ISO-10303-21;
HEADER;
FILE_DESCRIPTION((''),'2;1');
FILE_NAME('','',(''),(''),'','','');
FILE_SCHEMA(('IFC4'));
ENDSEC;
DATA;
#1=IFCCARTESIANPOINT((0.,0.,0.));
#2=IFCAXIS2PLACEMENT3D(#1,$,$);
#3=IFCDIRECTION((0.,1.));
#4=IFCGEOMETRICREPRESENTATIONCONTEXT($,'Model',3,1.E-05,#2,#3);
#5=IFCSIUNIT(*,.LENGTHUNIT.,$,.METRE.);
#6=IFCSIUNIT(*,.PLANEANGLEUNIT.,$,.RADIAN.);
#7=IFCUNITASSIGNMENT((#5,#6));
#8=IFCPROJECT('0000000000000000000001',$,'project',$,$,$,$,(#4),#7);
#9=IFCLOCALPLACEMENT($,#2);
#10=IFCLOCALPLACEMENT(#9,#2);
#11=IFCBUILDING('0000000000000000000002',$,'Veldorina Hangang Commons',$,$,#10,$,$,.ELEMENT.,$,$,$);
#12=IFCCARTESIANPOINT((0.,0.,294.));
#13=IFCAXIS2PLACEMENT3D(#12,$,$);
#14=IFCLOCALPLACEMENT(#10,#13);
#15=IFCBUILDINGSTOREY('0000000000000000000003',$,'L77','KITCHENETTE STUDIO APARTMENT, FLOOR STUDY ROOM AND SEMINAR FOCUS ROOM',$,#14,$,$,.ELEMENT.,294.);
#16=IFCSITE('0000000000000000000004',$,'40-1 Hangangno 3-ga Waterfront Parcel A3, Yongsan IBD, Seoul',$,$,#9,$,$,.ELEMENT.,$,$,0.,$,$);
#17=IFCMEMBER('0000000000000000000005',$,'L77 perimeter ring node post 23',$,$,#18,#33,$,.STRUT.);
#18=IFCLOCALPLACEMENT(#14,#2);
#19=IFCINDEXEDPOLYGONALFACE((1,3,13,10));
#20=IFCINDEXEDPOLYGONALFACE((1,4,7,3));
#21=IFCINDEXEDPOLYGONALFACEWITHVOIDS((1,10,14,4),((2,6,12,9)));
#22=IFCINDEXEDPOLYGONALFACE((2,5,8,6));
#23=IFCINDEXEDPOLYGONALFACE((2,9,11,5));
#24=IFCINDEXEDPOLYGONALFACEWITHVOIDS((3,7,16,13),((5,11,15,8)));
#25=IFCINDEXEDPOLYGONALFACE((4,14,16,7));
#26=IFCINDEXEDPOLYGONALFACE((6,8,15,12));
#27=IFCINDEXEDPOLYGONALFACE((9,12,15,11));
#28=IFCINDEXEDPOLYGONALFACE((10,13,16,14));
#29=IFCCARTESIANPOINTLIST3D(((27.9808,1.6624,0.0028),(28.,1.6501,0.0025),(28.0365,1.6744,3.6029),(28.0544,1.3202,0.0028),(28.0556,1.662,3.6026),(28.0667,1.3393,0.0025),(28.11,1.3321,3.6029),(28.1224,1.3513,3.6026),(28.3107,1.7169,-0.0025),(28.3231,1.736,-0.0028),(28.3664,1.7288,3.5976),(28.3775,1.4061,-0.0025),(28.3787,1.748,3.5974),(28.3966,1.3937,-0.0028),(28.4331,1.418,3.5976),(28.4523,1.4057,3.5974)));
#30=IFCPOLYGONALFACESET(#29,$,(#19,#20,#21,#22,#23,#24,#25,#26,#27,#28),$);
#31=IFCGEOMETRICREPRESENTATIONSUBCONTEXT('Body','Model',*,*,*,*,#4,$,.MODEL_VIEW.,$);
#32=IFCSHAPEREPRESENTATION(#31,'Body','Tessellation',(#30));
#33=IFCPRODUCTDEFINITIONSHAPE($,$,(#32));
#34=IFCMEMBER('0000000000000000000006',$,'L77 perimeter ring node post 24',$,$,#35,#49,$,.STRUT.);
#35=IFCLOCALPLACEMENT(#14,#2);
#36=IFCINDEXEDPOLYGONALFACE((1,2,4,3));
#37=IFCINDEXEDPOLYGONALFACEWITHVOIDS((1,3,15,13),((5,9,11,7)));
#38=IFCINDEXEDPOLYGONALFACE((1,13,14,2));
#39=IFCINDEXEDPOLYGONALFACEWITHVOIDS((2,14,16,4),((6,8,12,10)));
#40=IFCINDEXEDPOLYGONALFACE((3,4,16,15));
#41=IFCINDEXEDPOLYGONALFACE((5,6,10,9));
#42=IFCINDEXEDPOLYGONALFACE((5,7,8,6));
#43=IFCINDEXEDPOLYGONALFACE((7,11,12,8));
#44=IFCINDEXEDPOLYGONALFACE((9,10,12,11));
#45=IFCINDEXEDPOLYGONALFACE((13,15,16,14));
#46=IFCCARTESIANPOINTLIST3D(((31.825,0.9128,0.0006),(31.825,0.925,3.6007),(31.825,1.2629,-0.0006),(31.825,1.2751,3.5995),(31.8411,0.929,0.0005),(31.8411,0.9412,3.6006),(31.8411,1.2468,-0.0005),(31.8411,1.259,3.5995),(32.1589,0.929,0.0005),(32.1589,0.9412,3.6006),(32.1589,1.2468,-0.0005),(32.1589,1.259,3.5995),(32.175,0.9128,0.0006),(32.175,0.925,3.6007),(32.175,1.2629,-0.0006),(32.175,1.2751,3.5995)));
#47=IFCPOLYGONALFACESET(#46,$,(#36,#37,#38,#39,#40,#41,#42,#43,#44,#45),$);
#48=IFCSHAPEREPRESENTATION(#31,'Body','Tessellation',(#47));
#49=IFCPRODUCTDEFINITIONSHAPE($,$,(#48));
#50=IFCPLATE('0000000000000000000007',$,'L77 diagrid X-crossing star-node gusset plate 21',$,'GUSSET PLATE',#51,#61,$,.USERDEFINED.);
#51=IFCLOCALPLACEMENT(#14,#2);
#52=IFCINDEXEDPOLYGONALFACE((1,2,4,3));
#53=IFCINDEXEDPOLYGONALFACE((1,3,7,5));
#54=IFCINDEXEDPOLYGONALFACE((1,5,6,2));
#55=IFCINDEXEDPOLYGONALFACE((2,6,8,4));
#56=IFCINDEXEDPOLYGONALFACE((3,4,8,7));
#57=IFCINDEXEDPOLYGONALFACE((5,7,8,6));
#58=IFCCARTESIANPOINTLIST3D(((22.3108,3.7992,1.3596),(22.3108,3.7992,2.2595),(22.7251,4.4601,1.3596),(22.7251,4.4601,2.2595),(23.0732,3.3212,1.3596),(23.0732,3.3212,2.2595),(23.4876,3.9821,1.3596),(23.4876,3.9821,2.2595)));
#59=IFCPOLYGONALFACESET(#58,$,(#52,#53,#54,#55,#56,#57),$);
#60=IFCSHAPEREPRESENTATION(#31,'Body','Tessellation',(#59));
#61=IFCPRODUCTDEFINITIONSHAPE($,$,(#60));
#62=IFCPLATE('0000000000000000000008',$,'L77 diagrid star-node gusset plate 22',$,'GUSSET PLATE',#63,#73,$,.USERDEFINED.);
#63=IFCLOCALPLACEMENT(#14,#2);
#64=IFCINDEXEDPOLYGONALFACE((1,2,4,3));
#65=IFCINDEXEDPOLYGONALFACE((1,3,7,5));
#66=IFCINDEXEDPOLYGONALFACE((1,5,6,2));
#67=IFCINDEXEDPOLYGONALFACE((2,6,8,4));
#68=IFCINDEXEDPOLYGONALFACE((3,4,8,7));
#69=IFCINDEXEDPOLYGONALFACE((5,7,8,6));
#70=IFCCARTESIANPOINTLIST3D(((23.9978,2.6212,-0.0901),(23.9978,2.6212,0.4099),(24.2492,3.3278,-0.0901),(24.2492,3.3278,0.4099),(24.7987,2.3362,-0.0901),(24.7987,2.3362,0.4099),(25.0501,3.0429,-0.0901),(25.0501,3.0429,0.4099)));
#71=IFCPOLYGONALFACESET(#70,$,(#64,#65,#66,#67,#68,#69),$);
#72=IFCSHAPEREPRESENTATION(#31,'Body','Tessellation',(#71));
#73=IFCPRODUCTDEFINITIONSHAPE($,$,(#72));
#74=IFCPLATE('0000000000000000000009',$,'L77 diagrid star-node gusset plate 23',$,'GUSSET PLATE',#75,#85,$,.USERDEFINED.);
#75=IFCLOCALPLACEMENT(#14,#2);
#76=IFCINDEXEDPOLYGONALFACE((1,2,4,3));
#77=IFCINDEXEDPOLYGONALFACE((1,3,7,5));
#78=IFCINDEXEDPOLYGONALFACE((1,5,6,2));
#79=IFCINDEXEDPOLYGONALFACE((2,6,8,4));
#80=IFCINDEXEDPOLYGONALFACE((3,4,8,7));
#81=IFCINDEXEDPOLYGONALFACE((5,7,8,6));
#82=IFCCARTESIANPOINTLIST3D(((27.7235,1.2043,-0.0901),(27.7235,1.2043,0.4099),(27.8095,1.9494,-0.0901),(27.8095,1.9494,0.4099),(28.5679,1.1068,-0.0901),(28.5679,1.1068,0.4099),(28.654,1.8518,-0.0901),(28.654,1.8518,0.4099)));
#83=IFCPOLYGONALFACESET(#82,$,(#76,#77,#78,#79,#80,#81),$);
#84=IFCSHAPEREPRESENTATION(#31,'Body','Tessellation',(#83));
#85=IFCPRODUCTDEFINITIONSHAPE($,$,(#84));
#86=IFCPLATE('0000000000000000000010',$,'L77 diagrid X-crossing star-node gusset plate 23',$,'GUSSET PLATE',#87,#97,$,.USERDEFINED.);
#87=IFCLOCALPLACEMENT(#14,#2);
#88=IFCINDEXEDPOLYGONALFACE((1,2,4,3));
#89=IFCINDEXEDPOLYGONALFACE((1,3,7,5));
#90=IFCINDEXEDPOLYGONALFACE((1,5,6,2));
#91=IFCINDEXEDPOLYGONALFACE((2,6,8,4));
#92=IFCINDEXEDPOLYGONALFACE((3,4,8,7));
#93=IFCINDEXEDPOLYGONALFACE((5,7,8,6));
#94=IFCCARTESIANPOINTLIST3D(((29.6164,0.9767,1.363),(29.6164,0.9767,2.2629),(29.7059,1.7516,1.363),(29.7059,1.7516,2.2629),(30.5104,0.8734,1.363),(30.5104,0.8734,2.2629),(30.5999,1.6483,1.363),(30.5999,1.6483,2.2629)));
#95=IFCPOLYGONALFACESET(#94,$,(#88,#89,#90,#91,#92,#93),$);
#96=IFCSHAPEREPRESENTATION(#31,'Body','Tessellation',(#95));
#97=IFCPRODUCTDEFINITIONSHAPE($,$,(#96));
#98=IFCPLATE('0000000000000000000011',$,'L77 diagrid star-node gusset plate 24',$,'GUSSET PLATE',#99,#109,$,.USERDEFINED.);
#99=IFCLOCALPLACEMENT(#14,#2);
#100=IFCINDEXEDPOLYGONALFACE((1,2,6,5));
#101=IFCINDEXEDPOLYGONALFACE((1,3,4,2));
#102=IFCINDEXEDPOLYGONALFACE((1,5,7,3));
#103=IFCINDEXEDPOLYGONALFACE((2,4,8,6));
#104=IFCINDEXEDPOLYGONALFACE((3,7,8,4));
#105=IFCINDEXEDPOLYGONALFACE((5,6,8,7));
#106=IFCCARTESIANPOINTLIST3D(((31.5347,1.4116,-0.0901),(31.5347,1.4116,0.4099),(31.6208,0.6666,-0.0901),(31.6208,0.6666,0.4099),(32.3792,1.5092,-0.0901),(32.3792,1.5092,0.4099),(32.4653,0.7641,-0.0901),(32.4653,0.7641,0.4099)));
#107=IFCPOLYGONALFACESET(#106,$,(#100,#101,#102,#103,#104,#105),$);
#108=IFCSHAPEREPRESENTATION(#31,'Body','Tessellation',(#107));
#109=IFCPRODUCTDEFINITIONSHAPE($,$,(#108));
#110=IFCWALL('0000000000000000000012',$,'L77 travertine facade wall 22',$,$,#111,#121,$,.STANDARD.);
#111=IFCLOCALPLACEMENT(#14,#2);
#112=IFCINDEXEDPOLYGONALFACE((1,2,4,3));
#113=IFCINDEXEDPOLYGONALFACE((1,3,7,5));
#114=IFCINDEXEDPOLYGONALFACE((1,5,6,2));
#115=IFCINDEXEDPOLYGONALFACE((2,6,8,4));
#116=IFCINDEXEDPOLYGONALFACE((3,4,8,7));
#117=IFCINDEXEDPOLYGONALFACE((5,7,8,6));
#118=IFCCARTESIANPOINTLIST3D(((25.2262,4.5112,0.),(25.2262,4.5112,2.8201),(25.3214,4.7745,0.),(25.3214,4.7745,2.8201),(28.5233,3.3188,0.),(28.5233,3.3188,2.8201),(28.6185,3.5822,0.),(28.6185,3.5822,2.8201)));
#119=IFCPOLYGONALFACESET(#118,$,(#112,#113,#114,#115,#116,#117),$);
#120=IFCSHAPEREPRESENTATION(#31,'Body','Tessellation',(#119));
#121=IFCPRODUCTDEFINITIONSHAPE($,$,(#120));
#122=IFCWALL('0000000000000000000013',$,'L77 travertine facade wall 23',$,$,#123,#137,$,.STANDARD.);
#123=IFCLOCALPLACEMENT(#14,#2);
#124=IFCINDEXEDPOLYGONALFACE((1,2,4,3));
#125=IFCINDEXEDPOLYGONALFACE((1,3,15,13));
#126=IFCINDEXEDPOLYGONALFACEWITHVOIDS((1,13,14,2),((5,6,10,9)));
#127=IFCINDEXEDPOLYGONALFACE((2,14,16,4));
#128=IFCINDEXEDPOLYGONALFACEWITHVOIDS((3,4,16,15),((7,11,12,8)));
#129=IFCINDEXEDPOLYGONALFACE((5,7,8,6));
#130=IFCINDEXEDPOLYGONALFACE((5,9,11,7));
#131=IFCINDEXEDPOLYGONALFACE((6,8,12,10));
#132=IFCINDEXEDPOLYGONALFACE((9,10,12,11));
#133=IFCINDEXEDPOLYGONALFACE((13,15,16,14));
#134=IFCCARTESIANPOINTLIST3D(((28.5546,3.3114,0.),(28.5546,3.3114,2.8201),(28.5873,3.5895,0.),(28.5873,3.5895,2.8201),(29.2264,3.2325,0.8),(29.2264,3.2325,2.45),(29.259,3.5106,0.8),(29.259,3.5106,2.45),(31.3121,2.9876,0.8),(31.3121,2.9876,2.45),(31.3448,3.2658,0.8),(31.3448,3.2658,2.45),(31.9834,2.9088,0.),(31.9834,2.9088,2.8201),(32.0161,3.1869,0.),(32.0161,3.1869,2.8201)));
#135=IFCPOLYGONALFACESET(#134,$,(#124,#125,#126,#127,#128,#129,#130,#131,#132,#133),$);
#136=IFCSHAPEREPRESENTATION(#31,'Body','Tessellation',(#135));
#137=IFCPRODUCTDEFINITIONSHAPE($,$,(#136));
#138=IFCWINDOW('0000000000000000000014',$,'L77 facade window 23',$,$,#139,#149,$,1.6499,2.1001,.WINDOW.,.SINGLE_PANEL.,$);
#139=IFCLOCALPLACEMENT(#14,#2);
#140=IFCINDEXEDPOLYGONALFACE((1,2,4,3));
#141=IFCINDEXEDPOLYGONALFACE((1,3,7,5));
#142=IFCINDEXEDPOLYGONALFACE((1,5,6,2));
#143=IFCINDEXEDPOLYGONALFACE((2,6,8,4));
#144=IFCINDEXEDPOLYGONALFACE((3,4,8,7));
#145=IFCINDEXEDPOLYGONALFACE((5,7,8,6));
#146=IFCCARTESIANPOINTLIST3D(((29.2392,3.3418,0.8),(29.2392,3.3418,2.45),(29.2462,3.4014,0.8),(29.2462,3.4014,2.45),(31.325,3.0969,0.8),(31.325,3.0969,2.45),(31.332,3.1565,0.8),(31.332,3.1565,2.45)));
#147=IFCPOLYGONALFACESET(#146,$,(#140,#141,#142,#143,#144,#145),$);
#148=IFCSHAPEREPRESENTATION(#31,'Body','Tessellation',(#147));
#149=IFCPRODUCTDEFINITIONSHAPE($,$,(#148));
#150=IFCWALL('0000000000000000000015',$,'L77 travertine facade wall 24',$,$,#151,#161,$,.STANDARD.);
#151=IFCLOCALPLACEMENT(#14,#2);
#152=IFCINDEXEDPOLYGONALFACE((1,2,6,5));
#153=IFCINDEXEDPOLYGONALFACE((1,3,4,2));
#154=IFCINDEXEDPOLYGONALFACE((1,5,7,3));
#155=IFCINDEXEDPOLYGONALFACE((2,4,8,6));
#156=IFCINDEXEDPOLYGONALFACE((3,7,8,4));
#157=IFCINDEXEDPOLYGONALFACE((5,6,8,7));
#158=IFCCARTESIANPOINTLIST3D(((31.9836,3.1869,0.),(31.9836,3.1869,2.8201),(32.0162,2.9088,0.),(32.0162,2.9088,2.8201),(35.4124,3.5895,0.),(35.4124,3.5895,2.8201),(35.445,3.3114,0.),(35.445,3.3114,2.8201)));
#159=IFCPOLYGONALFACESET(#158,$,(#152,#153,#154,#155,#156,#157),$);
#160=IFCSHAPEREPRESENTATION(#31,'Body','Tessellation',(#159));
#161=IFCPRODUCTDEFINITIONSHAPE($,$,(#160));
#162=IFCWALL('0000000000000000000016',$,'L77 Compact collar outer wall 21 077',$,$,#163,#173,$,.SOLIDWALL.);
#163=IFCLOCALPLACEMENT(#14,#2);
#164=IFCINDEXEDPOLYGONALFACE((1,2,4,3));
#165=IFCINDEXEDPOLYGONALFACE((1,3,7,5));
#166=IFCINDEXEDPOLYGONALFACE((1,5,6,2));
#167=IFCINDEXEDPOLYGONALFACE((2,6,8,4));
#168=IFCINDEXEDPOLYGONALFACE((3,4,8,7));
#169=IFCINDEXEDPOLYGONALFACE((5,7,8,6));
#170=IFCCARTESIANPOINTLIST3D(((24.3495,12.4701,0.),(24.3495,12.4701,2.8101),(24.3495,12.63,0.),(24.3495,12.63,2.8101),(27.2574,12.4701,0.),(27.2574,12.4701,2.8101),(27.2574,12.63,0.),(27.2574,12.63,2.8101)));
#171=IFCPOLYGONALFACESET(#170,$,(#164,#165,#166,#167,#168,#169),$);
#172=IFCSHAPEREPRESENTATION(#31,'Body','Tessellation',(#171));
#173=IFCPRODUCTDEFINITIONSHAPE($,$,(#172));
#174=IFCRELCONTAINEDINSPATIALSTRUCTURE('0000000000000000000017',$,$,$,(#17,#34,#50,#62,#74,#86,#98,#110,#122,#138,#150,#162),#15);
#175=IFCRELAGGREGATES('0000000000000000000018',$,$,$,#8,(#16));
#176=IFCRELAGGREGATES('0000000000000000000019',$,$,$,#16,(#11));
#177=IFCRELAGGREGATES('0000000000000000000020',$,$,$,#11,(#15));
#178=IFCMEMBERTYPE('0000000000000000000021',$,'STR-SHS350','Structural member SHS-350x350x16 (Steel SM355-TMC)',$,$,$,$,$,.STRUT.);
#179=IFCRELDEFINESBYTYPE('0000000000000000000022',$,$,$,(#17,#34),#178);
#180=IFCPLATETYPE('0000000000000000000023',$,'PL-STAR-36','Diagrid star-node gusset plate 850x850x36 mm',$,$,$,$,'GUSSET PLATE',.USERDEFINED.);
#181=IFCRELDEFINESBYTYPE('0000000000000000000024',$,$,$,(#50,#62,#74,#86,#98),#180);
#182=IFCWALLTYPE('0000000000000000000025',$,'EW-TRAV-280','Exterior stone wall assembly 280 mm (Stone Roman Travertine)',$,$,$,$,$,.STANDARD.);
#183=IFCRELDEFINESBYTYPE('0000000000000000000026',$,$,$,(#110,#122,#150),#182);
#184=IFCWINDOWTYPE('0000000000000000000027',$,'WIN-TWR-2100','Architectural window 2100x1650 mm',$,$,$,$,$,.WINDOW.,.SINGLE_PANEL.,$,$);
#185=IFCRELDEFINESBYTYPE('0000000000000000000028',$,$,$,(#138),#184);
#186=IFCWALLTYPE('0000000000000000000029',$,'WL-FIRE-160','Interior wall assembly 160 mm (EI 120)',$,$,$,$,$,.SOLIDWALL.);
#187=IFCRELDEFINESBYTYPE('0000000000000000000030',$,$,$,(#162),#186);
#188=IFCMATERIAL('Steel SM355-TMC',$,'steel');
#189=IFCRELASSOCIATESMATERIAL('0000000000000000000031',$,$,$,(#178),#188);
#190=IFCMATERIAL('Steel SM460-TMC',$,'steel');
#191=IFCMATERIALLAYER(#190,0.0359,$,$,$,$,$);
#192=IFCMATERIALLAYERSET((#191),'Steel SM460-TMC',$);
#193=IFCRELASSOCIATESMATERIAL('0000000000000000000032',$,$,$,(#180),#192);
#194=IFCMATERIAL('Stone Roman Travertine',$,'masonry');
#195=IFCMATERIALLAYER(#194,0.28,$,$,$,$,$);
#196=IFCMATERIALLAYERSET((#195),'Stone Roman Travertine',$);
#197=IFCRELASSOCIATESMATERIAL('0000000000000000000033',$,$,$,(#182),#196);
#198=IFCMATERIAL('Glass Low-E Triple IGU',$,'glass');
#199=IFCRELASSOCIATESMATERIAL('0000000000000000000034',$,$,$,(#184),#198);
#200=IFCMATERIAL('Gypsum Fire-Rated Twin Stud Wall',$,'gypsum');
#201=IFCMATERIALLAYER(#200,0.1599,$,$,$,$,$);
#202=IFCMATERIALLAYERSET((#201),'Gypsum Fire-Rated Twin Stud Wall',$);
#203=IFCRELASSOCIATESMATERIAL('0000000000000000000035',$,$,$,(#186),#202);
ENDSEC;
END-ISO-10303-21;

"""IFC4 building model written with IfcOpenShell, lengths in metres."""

from ifc_helpers import new_model, si_unit, direction, frame, frame_2d, origin, origin_2d, place, context, subcontext, project, spatial, rectangle, hollow_rectangle, extrude, material, layer, layer_set, material_profile, profile_set, type_object, element, fill, save


model = new_model("IFC4")

# Units and contexts
model_context = context("Model", 3, precision=1e-05, world=origin(), true_north=direction((0.0, 1.0)))
body_context = subcontext(model_context, "Body", "Model", "MODEL_VIEW")
ifc_project = project(units=[si_unit("LENGTHUNIT", "METRE"), si_unit("PLANEANGLEUNIT", "RADIAN")], contexts=[model_context])

# Site, building, storey
site_placement = place(None, origin())
site = spatial("IfcSite", under=ifc_project, at=site_placement, Name="40-1 Hangangno 3-ga Waterfront Parcel A3, Yongsan IBD, Seoul", CompositionType="ELEMENT", RefElevation=0.0)
building_placement = place(site_placement, origin())
building = spatial("IfcBuilding", under=site, at=building_placement, Name="Veldorina Hangang Commons", CompositionType="ELEMENT")
storey_placement = place(building_placement, frame((0.0, 0.0, 294.0)))
storey = spatial("IfcBuildingStorey", under=building, at=storey_placement, Name="L77", Description="KITCHENETTE STUDIO APARTMENT, FLOOR STUDY ROOM AND SEMINAR FOCUS ROOM", CompositionType="ELEMENT", Elevation=294.0)

# Shared definitions
ifc_material_1 = material(Name="Steel SM460-TMC", Category="steel")
ifc_material_2 = material(Name="Steel SM355-TMC", Category="steel")

# Members
ifc_material_profile_1 = material_profile(ifc_material_2, hollow_rectangle(XDim=0.3501, YDim=0.3501, WallThickness=0.0161, at=origin_2d()), Name="SHS-350x350x16")
ifc_profile_set_1 = profile_set([ifc_material_profile_1], Name="Steel SM355-TMC")
member_type_1 = type_object("IfcMemberType", Name="STR-SHS350", Description="Structural member SHS-350x350x16 (Steel SM355-TMC)", PredefinedType="STRUT", material=ifc_profile_set_1)
member_1_placement = place(storey_placement, frame((28.1887, 1.5281, 0.0), z_axis=(0.01546, 0.003323, 0.999875), x_axis=(-0.210115, 0.977677, 0.0)))
element("IfcMember", 1, at=member_1_placement, inside=storey, type_object=member_type_1, Name="L77 perimeter ring node post 23", PredefinedType="STRUT", context=body_context, shape_type="SweptSolid", body=[
    extrude(hollow_rectangle(XDim=0.3501, YDim=0.3501, WallThickness=0.0161, at=origin_2d()), origin(), (0.0, 0.0, 1.0), 3.6006),
])
member_2_placement = place(storey_placement, frame((32.0, 1.0879, 0.0), z_axis=(0.0, 0.003391, 0.999994), x_axis=(-1.0, 0.0, 0.0)))
element("IfcMember", 2, at=member_2_placement, inside=storey, type_object=member_type_1, Name="L77 perimeter ring node post 24", PredefinedType="STRUT", context=body_context, shape_type="SweptSolid", body=[
    extrude(hollow_rectangle(XDim=0.3501, YDim=0.3501, WallThickness=0.0161, at=origin_2d()), origin(), (0.0, 0.0, 1.0), 3.6001),
])

# Plates
ifc_layer_1 = layer(ifc_material_1, 0.0359)
ifc_layer_set_1 = layer_set([ifc_layer_1], Name="Steel SM460-TMC")
plate_type = type_object("IfcPlateType", Name="PL-STAR-36", Description="Diagrid star-node gusset plate 850x850x36 mm", ElementType="GUSSET PLATE", PredefinedType="USERDEFINED", material=ifc_layer_set_1)
plate_1_placement = place(storey_placement, frame((22.8992, 3.8906, 1.3596), z_axis=(0.0, 0.0, 1.0), x_axis=(0.84728, -0.531147, 0.0)))
element("IfcPlate", 3, at=plate_1_placement, inside=storey, type_object=plate_type, Name="L77 diagrid X-crossing star-node gusset plate 21", ObjectType="GUSSET PLATE", PredefinedType="USERDEFINED", context=body_context, shape_type="SweptSolid", body=[
    extrude(rectangle(XDim=0.8999, YDim=0.78, at=origin_2d()), origin(), (0.0, 0.0, 1.0), 0.8999),
])
for number, where, z_axis, x_axis, name in (
    (4, (24.5239, 2.832, -0.0901), (0.0, 0.0, 1.0), (0.942145, -0.335205, 0.0), "L77 diagrid star-node gusset plate 22"),
    (5, (28.1887, 1.5281, -0.0901), (0.0, 0.0, 1.0), (0.993397, -0.114729, 0.0), "L77 diagrid star-node gusset plate 23"),
):
    element("IfcPlate", number, at=place(storey_placement, frame(where, z_axis=z_axis, x_axis=x_axis)), inside=storey, type_object=plate_type, Name=name, ObjectType="GUSSET PLATE", PredefinedType="USERDEFINED", context=body_context, shape_type="SweptSolid", body=[
        extrude(rectangle(XDim=0.8501, YDim=0.75, at=origin_2d()), origin(), (0.0, 0.0, 1.0), 0.5),
    ])
plate_2_placement = place(storey_placement, frame((30.1082, 1.3125, 1.363), z_axis=(0.0, 0.0, 1.0), x_axis=(0.993397, -0.114729, 0.0)))
element("IfcPlate", 6, at=plate_2_placement, inside=storey, type_object=plate_type, Name="L77 diagrid X-crossing star-node gusset plate 23", ObjectType="GUSSET PLATE", PredefinedType="USERDEFINED", context=body_context, shape_type="SweptSolid", body=[
    extrude(rectangle(XDim=0.8999, YDim=0.78, at=origin_2d()), origin(), (0.0, 0.0, 1.0), 0.8999),
])
plate_3_placement = place(storey_placement, frame((32.0, 1.0879, -0.0901), z_axis=(0.0, 0.0, 1.0), x_axis=(0.993397, 0.114729, 0.0)))
element("IfcPlate", 7, at=plate_3_placement, inside=storey, type_object=plate_type, Name="L77 diagrid star-node gusset plate 24", ObjectType="GUSSET PLATE", PredefinedType="USERDEFINED", context=body_context, shape_type="SweptSolid", body=[
    extrude(rectangle(XDim=0.8501, YDim=0.75, at=origin_2d()), origin(), (0.0, 0.0, 1.0), 0.5),
])

# Wall
ifc_material_3 = material(Name="Stone Roman Travertine", Category="masonry")
ifc_layer_2 = layer(ifc_material_3, 0.28)
ifc_layer_set_2 = layer_set([ifc_layer_2], Name="Stone Roman Travertine")
wall_type_1 = type_object("IfcWallType", Name="EW-TRAV-280", Description="Exterior stone wall assembly 280 mm (Stone Roman Travertine)", PredefinedType="STANDARD", material=ifc_layer_set_2)
wall_1_placement = place(storey_placement, frame((25.2739, 4.6428, 0.0), z_axis=(0.0, 0.0, 1.0), x_axis=(0.940394, -0.340088, 0.0)))
element("IfcWall", 8, at=wall_1_placement, inside=storey, type_object=wall_type_1, Name="L77 travertine facade wall 22", PredefinedType="STANDARD", context=body_context, shape_type="SweptSolid", body=[
    extrude(rectangle(XDim=3.5061, YDim=0.28, at=frame_2d((1.7529, 0.0))), origin(), (0.0, 0.0, 1.0), 2.8201),
])

# Wall, opening, window
wall_2_placement = place(storey_placement, frame((28.571, 3.4504, 0.0), z_axis=(0.0, 0.0, 1.0), x_axis=(0.993178, -0.116607, 0.0)))
wall_2 = element("IfcWall", 9, at=wall_2_placement, inside=storey, type_object=wall_type_1, Name="L77 travertine facade wall 23", PredefinedType="STANDARD", context=body_context, shape_type="SweptSolid", body=[
    extrude(rectangle(XDim=3.4524, YDim=0.28, at=frame_2d((1.7261, 0.0))), origin(), (0.0, 0.0, 1.0), 2.8201),
])
opening_1_placement = place(wall_2_placement, frame((0.6763, 0.0, 0.8)))
opening_1 = element("IfcOpeningElement", 10, at=opening_1_placement, cuts=wall_2, PredefinedType="OPENING", context=body_context, shape_type="SweptSolid", body=[
    extrude(rectangle(XDim=2.1001, YDim=1.6499, at=frame_2d((1.05, 0.825))), frame((0.0, 0.1499, 0.0), z_axis=(0.0, -1.0, 0.0), x_axis=(1.0, 0.0, 0.0)), (0.0, 0.0, 1.0), 0.3),
])
ifc_material_4 = material(Name="Glass Low-E Triple IGU", Category="glass")
window_type = type_object("IfcWindowType", Name="WIN-TWR-2100", Description="Architectural window 2100x1650 mm", PartitioningType="SINGLE_PANEL", PredefinedType="WINDOW", material=ifc_material_4)
window_placement = place(opening_1_placement, origin())
window = element("IfcWindow", 11, at=window_placement, inside=storey, type_object=window_type, Name="L77 facade window 23", OverallHeight=1.6499, OverallWidth=2.1001, PartitioningType="SINGLE_PANEL", PredefinedType="WINDOW", context=body_context, shape_type="SweptSolid", body=[
    extrude(rectangle(XDim=2.1001, YDim=1.6499, at=frame_2d((1.05, 0.825))), frame((0.0, 0.03, 0.0), z_axis=(0.0, -1.0, 0.0), x_axis=(1.0, 0.0, 0.0)), (0.0, 0.0, 1.0), 0.0601),
])
fill(opening_1, window)

# Walls
wall_3_placement = place(storey_placement, frame((32.0, 3.0479, 0.0), z_axis=(0.0, 0.0, 1.0), x_axis=(0.993178, 0.116607, 0.0)))
element("IfcWall", 12, at=wall_3_placement, inside=storey, type_object=wall_type_1, Name="L77 travertine facade wall 24", PredefinedType="STANDARD", context=body_context, shape_type="SweptSolid", body=[
    extrude(rectangle(XDim=3.4524, YDim=0.28, at=frame_2d((1.7261, 0.0))), origin(), (0.0, 0.0, 1.0), 2.8201),
])
ifc_material_5 = material(Name="Gypsum Fire-Rated Twin Stud Wall", Category="gypsum")
ifc_layer_3 = layer(ifc_material_5, 0.1599)
ifc_layer_set_3 = layer_set([ifc_layer_3], Name="Gypsum Fire-Rated Twin Stud Wall")
wall_type_2 = type_object("IfcWallType", Name="WL-FIRE-160", Description="Interior wall assembly 160 mm (EI 120)", PredefinedType="SOLIDWALL", material=ifc_layer_set_3)
wall_4_placement = place(storey_placement, frame((24.3494, 12.55, 0.0), z_axis=(0.0, 0.0, 1.0), x_axis=(1.0, 0.0, 0.0)))
element("IfcWall", 13, at=wall_4_placement, inside=storey, type_object=wall_type_2, Name="L77 Compact collar outer wall 21 077", PredefinedType="SOLIDWALL", context=body_context, shape_type="SweptSolid", body=[
    extrude(rectangle(XDim=2.908, YDim=0.1599, at=frame_2d((1.4541, 0.0))), origin(), (0.0, 0.0, 1.0), 2.8101),
])

save(model, "model.ifc")
